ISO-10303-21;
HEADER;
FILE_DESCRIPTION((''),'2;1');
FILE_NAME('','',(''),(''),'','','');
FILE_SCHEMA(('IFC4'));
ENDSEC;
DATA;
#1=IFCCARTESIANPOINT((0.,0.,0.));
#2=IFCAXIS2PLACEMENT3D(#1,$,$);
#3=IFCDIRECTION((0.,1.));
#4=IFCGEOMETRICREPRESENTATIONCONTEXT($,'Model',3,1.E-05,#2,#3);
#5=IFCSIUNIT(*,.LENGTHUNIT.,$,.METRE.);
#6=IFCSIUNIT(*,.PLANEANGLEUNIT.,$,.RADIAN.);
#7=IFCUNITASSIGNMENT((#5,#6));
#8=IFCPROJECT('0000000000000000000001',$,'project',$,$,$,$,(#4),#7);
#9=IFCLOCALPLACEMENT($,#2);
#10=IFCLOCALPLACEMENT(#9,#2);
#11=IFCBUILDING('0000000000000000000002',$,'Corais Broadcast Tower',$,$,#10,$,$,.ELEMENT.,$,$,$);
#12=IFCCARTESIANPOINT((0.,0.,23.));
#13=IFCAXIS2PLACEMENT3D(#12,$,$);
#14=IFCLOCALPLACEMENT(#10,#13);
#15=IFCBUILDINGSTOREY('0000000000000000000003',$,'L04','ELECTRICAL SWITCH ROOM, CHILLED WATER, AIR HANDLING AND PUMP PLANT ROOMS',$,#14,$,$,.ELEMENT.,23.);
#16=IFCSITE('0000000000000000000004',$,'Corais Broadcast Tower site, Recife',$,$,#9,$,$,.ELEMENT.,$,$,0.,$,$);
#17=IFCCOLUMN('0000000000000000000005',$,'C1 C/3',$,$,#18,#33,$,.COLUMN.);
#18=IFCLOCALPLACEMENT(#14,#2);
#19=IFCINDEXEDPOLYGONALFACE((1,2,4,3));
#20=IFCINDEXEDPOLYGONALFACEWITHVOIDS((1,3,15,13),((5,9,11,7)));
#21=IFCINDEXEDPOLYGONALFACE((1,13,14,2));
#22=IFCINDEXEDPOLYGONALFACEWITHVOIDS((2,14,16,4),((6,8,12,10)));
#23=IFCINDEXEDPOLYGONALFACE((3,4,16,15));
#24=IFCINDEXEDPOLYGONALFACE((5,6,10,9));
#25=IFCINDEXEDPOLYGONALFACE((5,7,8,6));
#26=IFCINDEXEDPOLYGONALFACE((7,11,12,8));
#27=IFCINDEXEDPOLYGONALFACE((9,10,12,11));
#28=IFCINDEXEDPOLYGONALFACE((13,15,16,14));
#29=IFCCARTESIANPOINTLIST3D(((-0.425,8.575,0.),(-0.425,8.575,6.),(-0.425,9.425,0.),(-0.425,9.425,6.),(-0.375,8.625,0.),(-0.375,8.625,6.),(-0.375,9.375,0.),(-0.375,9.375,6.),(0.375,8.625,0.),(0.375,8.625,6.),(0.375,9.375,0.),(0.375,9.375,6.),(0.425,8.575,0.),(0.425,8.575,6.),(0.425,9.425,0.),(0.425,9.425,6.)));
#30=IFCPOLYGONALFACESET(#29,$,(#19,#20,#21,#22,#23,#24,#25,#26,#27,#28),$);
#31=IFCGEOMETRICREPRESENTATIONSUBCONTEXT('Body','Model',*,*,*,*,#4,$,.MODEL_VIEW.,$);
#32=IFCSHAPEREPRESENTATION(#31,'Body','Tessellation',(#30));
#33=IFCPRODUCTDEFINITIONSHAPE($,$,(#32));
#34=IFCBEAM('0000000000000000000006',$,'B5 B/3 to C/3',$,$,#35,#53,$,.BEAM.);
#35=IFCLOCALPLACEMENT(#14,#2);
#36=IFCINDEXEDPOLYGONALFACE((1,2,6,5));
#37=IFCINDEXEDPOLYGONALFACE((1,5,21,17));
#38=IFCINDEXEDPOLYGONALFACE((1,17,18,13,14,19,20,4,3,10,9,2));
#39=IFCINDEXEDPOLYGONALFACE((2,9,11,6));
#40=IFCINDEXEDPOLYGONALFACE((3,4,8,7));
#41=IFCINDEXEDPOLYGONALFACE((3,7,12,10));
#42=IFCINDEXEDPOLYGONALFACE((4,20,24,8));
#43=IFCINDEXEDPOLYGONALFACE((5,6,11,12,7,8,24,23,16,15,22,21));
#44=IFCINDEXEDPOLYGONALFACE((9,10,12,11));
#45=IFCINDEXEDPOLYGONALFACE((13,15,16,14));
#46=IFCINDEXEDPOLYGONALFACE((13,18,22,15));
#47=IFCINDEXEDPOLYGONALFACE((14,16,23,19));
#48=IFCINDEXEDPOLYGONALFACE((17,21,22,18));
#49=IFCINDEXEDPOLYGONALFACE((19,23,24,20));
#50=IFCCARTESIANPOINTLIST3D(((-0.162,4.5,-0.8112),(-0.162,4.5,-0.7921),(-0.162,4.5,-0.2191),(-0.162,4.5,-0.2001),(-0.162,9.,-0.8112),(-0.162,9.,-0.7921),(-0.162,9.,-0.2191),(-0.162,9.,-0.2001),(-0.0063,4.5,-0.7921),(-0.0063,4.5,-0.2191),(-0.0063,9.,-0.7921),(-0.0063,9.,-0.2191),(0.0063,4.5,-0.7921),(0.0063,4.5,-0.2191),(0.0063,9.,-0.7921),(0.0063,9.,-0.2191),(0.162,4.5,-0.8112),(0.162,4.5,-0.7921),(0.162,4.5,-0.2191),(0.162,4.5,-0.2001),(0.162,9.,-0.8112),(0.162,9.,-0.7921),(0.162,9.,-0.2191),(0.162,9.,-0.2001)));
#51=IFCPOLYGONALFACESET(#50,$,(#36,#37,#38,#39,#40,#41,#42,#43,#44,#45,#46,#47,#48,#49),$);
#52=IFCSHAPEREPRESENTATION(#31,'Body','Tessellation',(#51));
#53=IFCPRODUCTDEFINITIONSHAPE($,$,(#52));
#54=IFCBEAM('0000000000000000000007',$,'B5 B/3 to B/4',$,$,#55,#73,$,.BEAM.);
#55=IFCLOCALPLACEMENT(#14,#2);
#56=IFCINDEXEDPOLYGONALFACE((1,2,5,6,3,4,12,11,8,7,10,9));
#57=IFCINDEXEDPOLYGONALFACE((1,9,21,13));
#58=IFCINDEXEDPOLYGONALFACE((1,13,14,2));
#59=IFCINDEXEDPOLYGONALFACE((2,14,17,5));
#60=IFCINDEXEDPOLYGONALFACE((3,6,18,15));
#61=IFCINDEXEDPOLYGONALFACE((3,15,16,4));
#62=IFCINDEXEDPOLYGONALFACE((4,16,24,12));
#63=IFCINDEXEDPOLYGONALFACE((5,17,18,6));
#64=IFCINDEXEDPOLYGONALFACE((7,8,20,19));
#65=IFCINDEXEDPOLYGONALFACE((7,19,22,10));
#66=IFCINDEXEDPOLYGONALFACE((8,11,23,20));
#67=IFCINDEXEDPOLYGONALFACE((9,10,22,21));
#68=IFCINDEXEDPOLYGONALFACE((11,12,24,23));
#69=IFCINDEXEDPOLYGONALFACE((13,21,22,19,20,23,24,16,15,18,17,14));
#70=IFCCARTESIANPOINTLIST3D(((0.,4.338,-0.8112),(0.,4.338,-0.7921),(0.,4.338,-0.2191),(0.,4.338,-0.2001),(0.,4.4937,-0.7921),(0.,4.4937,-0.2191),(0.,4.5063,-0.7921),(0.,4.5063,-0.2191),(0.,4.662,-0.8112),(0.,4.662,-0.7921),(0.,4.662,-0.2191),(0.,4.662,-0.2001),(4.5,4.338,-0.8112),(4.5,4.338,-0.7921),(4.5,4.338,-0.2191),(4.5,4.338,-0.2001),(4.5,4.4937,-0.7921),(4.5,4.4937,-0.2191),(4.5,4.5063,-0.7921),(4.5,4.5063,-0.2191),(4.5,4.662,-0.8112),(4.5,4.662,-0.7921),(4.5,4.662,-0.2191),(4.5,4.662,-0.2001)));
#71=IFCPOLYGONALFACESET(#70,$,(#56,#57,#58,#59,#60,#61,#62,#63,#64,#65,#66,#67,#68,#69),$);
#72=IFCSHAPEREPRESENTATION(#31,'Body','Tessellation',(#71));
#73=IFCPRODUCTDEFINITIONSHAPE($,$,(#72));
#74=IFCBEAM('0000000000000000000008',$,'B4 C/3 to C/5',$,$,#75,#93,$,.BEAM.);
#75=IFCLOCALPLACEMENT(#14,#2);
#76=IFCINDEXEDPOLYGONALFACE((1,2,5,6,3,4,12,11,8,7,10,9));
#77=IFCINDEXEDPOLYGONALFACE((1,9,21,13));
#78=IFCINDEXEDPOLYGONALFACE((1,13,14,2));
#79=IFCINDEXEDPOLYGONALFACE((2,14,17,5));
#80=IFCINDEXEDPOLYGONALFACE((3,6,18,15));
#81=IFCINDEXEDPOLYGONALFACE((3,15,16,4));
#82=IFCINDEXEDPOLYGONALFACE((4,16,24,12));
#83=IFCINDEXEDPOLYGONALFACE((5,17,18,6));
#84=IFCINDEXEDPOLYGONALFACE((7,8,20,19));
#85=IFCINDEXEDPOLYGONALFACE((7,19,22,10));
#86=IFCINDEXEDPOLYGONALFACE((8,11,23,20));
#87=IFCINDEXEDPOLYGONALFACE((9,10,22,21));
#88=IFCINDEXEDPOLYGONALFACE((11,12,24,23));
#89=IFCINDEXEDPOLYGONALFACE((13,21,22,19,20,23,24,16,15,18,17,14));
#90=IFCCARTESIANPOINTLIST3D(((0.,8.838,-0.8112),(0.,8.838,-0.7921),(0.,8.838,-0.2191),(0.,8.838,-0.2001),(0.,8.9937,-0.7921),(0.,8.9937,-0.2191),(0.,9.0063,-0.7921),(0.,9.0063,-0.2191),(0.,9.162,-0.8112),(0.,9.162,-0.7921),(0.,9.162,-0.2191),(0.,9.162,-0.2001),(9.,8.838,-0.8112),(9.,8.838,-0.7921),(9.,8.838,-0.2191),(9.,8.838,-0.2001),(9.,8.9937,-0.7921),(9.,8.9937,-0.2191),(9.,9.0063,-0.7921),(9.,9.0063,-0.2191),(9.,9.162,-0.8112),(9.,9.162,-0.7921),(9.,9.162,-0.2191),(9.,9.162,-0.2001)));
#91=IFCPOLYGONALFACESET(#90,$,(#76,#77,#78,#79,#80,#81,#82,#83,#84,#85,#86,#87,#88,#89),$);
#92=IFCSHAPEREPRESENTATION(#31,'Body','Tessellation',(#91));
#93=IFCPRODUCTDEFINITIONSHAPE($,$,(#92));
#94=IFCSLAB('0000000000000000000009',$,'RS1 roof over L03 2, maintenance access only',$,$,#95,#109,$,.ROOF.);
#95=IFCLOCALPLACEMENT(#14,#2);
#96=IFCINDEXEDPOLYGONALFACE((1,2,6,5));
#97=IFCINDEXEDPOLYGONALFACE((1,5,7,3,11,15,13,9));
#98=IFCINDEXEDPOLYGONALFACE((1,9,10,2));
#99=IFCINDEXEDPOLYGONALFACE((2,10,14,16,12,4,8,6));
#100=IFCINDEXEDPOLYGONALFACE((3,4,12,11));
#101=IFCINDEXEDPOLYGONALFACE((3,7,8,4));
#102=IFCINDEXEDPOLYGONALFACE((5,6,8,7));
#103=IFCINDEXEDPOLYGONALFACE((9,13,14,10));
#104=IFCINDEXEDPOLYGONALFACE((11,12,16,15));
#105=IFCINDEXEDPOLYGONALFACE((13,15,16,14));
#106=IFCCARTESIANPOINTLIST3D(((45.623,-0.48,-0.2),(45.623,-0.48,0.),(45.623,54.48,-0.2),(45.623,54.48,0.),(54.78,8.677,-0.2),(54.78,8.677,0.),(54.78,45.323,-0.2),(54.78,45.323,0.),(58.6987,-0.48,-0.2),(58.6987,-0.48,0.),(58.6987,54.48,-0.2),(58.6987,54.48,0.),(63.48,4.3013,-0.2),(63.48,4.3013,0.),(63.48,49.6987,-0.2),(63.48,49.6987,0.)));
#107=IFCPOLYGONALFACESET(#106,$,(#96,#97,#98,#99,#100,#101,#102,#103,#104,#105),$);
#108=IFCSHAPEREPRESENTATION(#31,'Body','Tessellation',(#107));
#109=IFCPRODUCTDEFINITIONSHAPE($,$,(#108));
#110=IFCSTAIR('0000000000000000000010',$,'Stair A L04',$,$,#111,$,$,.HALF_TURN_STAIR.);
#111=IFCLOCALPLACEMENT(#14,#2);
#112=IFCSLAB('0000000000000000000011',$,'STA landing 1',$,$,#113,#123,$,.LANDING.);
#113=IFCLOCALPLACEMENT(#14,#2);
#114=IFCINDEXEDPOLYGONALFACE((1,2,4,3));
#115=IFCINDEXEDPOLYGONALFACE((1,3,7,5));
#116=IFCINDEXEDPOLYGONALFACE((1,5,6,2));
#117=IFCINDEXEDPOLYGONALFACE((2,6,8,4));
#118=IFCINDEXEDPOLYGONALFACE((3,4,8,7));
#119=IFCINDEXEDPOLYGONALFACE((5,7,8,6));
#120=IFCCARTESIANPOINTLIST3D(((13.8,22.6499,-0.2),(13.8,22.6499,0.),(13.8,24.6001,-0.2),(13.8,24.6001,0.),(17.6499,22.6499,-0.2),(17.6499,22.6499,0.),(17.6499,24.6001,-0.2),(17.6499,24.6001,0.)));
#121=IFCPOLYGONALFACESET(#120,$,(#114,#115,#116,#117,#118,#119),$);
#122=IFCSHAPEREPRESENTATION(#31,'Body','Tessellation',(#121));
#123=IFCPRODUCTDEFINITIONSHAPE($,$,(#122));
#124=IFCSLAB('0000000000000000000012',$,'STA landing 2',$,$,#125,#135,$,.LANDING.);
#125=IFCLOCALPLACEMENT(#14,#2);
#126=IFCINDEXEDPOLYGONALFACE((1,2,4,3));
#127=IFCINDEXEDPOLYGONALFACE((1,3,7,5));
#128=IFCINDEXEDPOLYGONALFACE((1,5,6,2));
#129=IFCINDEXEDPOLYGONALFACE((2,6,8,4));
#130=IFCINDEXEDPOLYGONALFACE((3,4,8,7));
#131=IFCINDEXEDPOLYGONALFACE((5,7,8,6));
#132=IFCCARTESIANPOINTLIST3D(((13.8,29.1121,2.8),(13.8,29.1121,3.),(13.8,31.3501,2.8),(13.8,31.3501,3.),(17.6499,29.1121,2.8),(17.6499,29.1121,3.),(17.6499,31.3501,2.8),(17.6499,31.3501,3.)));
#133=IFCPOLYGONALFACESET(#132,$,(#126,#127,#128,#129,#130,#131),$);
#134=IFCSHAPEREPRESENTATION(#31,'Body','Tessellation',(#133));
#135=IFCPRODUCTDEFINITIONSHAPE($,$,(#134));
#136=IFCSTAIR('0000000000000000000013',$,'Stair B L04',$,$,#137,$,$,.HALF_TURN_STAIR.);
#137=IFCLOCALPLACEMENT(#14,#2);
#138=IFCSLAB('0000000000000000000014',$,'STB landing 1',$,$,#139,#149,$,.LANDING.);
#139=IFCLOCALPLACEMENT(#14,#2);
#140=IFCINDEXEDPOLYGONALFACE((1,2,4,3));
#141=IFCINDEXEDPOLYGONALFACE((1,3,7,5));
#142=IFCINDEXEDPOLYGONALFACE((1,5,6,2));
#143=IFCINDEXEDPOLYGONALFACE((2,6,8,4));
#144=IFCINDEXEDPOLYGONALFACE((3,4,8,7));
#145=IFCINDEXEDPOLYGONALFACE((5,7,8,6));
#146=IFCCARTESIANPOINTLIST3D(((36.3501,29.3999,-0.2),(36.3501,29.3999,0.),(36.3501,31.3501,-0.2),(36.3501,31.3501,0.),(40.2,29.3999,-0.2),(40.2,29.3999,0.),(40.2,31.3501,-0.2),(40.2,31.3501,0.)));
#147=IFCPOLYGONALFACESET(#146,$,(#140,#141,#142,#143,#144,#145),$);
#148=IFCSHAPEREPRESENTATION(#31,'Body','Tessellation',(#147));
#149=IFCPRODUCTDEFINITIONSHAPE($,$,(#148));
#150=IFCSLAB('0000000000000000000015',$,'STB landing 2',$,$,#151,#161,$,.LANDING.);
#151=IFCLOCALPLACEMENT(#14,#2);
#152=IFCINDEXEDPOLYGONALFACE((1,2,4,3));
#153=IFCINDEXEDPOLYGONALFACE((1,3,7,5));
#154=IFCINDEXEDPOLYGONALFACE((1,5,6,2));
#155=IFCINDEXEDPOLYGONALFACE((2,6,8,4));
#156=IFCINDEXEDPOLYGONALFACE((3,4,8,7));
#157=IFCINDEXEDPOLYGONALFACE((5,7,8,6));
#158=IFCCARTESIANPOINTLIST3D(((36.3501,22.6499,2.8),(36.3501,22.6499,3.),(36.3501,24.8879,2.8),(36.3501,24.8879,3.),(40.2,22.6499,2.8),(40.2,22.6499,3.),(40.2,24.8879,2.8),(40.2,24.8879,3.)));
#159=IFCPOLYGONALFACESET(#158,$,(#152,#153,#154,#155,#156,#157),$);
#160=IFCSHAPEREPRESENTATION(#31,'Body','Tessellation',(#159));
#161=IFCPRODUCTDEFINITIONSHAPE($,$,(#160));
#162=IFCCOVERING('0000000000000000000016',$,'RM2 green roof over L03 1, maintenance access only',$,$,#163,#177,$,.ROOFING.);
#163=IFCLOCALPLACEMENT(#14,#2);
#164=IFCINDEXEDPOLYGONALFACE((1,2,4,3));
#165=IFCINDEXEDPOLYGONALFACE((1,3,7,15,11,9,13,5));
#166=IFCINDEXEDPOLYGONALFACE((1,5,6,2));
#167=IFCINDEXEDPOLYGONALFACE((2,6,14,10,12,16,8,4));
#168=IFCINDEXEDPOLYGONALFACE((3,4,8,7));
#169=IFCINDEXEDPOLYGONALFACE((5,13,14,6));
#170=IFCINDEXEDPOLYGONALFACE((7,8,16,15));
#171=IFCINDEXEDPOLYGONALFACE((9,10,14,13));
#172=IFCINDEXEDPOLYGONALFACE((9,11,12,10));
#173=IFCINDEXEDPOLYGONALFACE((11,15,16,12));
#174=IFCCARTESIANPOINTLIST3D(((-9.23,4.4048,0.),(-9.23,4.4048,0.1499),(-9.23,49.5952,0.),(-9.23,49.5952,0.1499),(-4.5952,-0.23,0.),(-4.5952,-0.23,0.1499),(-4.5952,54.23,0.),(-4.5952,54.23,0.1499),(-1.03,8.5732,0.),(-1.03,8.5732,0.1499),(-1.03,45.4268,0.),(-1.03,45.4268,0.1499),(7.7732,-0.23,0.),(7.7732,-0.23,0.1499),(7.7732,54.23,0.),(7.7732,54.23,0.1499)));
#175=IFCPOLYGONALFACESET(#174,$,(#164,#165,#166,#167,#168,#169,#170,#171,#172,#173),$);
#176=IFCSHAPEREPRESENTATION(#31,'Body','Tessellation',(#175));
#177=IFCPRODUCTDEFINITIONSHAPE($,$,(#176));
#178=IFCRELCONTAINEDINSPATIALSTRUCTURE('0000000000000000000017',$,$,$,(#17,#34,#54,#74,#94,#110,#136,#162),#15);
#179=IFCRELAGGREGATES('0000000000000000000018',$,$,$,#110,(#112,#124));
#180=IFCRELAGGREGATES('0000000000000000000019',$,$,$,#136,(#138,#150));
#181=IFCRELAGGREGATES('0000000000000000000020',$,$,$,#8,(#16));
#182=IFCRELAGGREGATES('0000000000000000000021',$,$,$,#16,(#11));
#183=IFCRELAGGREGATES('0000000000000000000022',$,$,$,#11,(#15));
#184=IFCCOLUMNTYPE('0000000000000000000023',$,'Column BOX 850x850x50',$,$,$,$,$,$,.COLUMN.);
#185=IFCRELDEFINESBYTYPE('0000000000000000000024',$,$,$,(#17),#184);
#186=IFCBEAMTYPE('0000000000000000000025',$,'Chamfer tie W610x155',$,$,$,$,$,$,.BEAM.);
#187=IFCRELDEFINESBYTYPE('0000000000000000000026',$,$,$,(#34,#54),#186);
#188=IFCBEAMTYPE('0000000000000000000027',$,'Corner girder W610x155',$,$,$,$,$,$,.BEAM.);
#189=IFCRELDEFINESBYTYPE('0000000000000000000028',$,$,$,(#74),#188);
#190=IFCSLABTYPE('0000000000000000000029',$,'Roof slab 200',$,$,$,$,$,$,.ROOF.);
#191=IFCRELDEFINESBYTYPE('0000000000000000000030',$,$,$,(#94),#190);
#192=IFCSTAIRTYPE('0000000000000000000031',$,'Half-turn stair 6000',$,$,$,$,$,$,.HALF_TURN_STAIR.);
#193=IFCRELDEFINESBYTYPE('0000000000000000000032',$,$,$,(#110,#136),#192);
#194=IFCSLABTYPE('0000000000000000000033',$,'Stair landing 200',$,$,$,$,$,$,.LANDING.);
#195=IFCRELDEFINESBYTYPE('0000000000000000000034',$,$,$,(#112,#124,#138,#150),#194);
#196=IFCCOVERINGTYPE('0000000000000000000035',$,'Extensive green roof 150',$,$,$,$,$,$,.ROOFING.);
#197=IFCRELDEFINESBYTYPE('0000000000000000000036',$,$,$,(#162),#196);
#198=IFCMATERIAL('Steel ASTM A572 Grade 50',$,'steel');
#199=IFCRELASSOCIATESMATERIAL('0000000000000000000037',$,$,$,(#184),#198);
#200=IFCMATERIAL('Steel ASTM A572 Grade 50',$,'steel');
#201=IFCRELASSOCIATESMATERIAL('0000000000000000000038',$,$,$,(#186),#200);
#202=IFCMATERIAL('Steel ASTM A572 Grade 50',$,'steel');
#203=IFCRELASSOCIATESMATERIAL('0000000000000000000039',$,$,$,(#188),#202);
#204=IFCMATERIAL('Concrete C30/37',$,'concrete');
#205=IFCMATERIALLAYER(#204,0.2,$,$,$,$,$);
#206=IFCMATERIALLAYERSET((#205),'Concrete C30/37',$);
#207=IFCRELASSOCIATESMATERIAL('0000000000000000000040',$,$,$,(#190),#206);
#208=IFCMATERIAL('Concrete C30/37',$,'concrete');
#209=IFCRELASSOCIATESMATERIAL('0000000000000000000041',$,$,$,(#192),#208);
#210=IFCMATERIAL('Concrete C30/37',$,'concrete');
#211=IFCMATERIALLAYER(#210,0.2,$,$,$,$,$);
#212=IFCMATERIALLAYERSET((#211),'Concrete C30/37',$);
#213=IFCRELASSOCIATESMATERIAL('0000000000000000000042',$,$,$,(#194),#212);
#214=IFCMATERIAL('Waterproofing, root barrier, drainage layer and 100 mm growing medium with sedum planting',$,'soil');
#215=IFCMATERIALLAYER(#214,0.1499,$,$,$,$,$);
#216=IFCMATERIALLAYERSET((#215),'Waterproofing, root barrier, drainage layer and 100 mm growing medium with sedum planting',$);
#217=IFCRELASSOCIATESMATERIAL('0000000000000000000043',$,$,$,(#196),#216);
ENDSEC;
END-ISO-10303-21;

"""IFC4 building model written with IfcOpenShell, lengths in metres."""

from ifc_helpers import new_model, si_unit, direction, frame, origin, origin_2d, place, context, subcontext, project, spatial, polyline, hollow_rectangle, i_section, outline, extrude, material, layer, layer_set, material_profile, profile_set, type_object, element, aggregate, save


model = new_model("IFC4")

# Units and contexts
model_context = context("Model", 3, precision=1e-05, world=origin(), true_north=direction((0.0, 1.0)))
body_context = subcontext(model_context, "Body", "Model", "MODEL_VIEW")
ifc_project = project(units=[si_unit("LENGTHUNIT", "METRE"), si_unit("PLANEANGLEUNIT", "RADIAN")], contexts=[model_context])

# Site, building, storey
site_placement = place(None, origin())
site = spatial("IfcSite", under=ifc_project, at=site_placement, Name="Corais Broadcast Tower site, Recife", CompositionType="ELEMENT", RefElevation=0.0)
building_placement = place(site_placement, origin())
building = spatial("IfcBuilding", under=site, at=building_placement, Name="Corais Broadcast Tower", CompositionType="ELEMENT")
storey_placement = place(building_placement, frame((0.0, 0.0, 23.0)))
storey = spatial("IfcBuildingStorey", under=building, at=storey_placement, Name="L04", Description="ELECTRICAL SWITCH ROOM, CHILLED WATER, AIR HANDLING AND PUMP PLANT ROOMS", CompositionType="ELEMENT", Elevation=23.0)

# Column
ifc_material_1 = material(Name="Steel ASTM A572 Grade 50", Category="steel")
ifc_material_profile_1 = material_profile(ifc_material_1, hollow_rectangle(XDim=0.8501, YDim=0.8501, WallThickness=0.05, at=origin_2d()), Name="BOX 850x850x50")
ifc_profile_set_1 = profile_set([ifc_material_profile_1], Name="Steel ASTM A572 Grade 50")
column_type = type_object("IfcColumnType", Name="Column BOX 850x850x50", PredefinedType="COLUMN", material=ifc_profile_set_1)
column_placement = place(storey_placement, frame((0.0, 9.0, 0.0), z_axis=(0.0, 0.0, 1.0), x_axis=(1.0, 0.0, 0.0)))
element("IfcColumn", 1, at=column_placement, inside=storey, type_object=column_type, Name="C1 C/3", PredefinedType="COLUMN", context=body_context, shape_type="SweptSolid", body=[
    extrude(hollow_rectangle(XDim=0.8501, YDim=0.8501, WallThickness=0.05, at=origin_2d()), origin(), (0.0, 0.0, 1.0), 6.0),
])

# Beams
ifc_material_2 = material(Name="Steel ASTM A572 Grade 50", Category="steel")
ifc_material_profile_2 = material_profile(ifc_material_2, i_section(OverallWidth=0.324, OverallDepth=0.6111, WebThickness=0.0127, FlangeThickness=0.019, at=origin_2d()), Name="W610x155")
ifc_profile_set_2 = profile_set([ifc_material_profile_2], Name="Steel ASTM A572 Grade 50")
beam_type_1 = type_object("IfcBeamType", Name="Chamfer tie W610x155", PredefinedType="BEAM", material=ifc_profile_set_2)
for number, where, z_axis, x_axis, name in (
    (2, (0.0, 4.5, -0.5056), (0.0, 1.0, 0.0), (-1.0, 0.0, 0.0), "B5 B/3 to C/3"),
    (3, (0.0, 4.5, -0.5056), (1.0, 0.0, 0.0), (0.0, 1.0, 0.0), "B5 B/3 to B/4"),
):
    element("IfcBeam", number, at=place(storey_placement, frame(where, z_axis=z_axis, x_axis=x_axis)), inside=storey, type_object=beam_type_1, Name=name, PredefinedType="BEAM", context=body_context, shape_type="SweptSolid", body=[
        extrude(i_section(OverallWidth=0.324, OverallDepth=0.6111, WebThickness=0.0127, FlangeThickness=0.019, at=origin_2d()), origin(), (0.0, 0.0, 1.0), 4.5),
    ])
ifc_material_3 = material(Name="Steel ASTM A572 Grade 50", Category="steel")
ifc_material_profile_3 = material_profile(ifc_material_3, i_section(OverallWidth=0.324, OverallDepth=0.6111, WebThickness=0.0127, FlangeThickness=0.019, at=origin_2d()), Name="W610x155")
ifc_profile_set_3 = profile_set([ifc_material_profile_3], Name="Steel ASTM A572 Grade 50")
beam_type_2 = type_object("IfcBeamType", Name="Corner girder W610x155", PredefinedType="BEAM", material=ifc_profile_set_3)
beam_placement = place(storey_placement, frame((0.0, 9.0, -0.5056), z_axis=(1.0, 0.0, 0.0), x_axis=(0.0, 1.0, 0.0)))
element("IfcBeam", 4, at=beam_placement, inside=storey, type_object=beam_type_2, Name="B4 C/3 to C/5", PredefinedType="BEAM", context=body_context, shape_type="SweptSolid", body=[
    extrude(i_section(OverallWidth=0.324, OverallDepth=0.6111, WebThickness=0.0127, FlangeThickness=0.019, at=origin_2d()), origin(), (0.0, 0.0, 1.0), 9.0),
])

# Slab
ifc_material_4 = material(Name="Concrete C30/37", Category="concrete")
ifc_layer_1 = layer(ifc_material_4, 0.2)
ifc_layer_set_1 = layer_set([ifc_layer_1], Name="Concrete C30/37")
slab_type_1 = type_object("IfcSlabType", Name="Roof slab 200", PredefinedType="ROOF", material=ifc_layer_set_1)
slab_1_placement = place(storey_placement, frame((0.0, 0.0, -0.2)))
element("IfcSlab", 5, at=slab_1_placement, inside=storey, type_object=slab_type_1, Name="RS1 roof over L03 2, maintenance access only", PredefinedType="ROOF", context=body_context, shape_type="SweptSolid", body=[
    extrude(outline(polyline([(58.6987, 54.48), (63.48, 49.6987), (63.48, 4.3013), (58.6987, -0.48), (45.623, -0.48), (54.78, 8.677), (54.78, 45.323), (45.623, 54.48), (58.6987, 54.48)])), origin(), (0.0, 0.0, 1.0), 0.2),
])

# Stairs, slabs
ifc_material_5 = material(Name="Concrete C30/37", Category="concrete")
stair_type = type_object("IfcStairType", Name="Half-turn stair 6000", PredefinedType="HALF_TURN_STAIR", material=ifc_material_5)
stair_1_placement = place(storey_placement, origin())
stair_1 = element("IfcStair", 6, at=stair_1_placement, inside=storey, type_object=stair_type, Name="Stair A L04", PredefinedType="HALF_TURN_STAIR")
ifc_material_6 = material(Name="Concrete C30/37", Category="concrete")
ifc_layer_2 = layer(ifc_material_6, 0.2)
ifc_layer_set_2 = layer_set([ifc_layer_2], Name="Concrete C30/37")
slab_type_2 = type_object("IfcSlabType", Name="Stair landing 200", PredefinedType="LANDING", material=ifc_layer_set_2)
slab_2_placement = place(storey_placement, frame((0.0, 0.0, -0.2)))
slab_2 = element("IfcSlab", 7, at=slab_2_placement, type_object=slab_type_2, Name="STA landing 1", PredefinedType="LANDING", context=body_context, shape_type="SweptSolid", body=[
    extrude(outline(polyline([(13.8, 22.6499), (17.6499, 22.6499), (17.6499, 24.6001), (13.8, 24.6001), (13.8, 22.6499)])), origin(), (0.0, 0.0, 1.0), 0.2),
])
slab_3_placement = place(storey_placement, frame((0.0, 0.0, 2.8)))
slab_3 = element("IfcSlab", 8, at=slab_3_placement, type_object=slab_type_2, Name="STA landing 2", PredefinedType="LANDING", context=body_context, shape_type="SweptSolid", body=[
    extrude(outline(polyline([(13.8, 29.1121), (17.6499, 29.1121), (17.6499, 31.3501), (13.8, 31.3501), (13.8, 29.1121)])), origin(), (0.0, 0.0, 1.0), 0.2),
])
aggregate(stair_1, [slab_2, slab_3])
stair_2_placement = place(storey_placement, origin())
stair_2 = element("IfcStair", 9, at=stair_2_placement, inside=storey, type_object=stair_type, Name="Stair B L04", PredefinedType="HALF_TURN_STAIR")
slab_4_placement = place(storey_placement, frame((0.0, 0.0, -0.2)))
slab_4 = element("IfcSlab", 10, at=slab_4_placement, type_object=slab_type_2, Name="STB landing 1", PredefinedType="LANDING", context=body_context, shape_type="SweptSolid", body=[
    extrude(outline(polyline([(36.3501, 29.3999), (40.2, 29.3999), (40.2, 31.3501), (36.3501, 31.3501), (36.3501, 29.3999)])), origin(), (0.0, 0.0, 1.0), 0.2),
])
slab_5_placement = place(storey_placement, frame((0.0, 0.0, 2.8)))
slab_5 = element("IfcSlab", 11, at=slab_5_placement, type_object=slab_type_2, Name="STB landing 2", PredefinedType="LANDING", context=body_context, shape_type="SweptSolid", body=[
    extrude(outline(polyline([(36.3501, 22.6499), (40.2, 22.6499), (40.2, 24.8879), (36.3501, 24.8879), (36.3501, 22.6499)])), origin(), (0.0, 0.0, 1.0), 0.2),
])
aggregate(stair_2, [slab_4, slab_5])

# Covering
ifc_material_7 = material(Name="Waterproofing, root barrier, drainage layer and 100 mm growing medium with sedum planting", Category="soil")
ifc_layer_3 = layer(ifc_material_7, 0.1499)
ifc_layer_set_3 = layer_set([ifc_layer_3], Name="Waterproofing, root barrier, drainage layer and 100 mm growing medium with sedum planting")
covering_type = type_object("IfcCoveringType", Name="Extensive green roof 150", PredefinedType="ROOFING", material=ifc_layer_set_3)
covering_1_placement = place(storey_placement, origin())
element("IfcCovering", 12, at=covering_1_placement, inside=storey, type_object=covering_type, Name="RM2 green roof over L03 1, maintenance access only", PredefinedType="ROOFING", context=body_context, shape_type="SweptSolid", body=[
    extrude(outline(polyline([(-9.23, 4.4048), (-9.23, 49.5952), (-4.5952, 54.23), (7.7732, 54.23), (-1.03, 45.4268), (-1.03, 8.5732), (7.7732, -0.23), (-4.5952, -0.23), (-9.23, 4.4048)])), origin(), (0.0, 0.0, 1.0), 0.1499),
])

save(model, "model.ifc")
